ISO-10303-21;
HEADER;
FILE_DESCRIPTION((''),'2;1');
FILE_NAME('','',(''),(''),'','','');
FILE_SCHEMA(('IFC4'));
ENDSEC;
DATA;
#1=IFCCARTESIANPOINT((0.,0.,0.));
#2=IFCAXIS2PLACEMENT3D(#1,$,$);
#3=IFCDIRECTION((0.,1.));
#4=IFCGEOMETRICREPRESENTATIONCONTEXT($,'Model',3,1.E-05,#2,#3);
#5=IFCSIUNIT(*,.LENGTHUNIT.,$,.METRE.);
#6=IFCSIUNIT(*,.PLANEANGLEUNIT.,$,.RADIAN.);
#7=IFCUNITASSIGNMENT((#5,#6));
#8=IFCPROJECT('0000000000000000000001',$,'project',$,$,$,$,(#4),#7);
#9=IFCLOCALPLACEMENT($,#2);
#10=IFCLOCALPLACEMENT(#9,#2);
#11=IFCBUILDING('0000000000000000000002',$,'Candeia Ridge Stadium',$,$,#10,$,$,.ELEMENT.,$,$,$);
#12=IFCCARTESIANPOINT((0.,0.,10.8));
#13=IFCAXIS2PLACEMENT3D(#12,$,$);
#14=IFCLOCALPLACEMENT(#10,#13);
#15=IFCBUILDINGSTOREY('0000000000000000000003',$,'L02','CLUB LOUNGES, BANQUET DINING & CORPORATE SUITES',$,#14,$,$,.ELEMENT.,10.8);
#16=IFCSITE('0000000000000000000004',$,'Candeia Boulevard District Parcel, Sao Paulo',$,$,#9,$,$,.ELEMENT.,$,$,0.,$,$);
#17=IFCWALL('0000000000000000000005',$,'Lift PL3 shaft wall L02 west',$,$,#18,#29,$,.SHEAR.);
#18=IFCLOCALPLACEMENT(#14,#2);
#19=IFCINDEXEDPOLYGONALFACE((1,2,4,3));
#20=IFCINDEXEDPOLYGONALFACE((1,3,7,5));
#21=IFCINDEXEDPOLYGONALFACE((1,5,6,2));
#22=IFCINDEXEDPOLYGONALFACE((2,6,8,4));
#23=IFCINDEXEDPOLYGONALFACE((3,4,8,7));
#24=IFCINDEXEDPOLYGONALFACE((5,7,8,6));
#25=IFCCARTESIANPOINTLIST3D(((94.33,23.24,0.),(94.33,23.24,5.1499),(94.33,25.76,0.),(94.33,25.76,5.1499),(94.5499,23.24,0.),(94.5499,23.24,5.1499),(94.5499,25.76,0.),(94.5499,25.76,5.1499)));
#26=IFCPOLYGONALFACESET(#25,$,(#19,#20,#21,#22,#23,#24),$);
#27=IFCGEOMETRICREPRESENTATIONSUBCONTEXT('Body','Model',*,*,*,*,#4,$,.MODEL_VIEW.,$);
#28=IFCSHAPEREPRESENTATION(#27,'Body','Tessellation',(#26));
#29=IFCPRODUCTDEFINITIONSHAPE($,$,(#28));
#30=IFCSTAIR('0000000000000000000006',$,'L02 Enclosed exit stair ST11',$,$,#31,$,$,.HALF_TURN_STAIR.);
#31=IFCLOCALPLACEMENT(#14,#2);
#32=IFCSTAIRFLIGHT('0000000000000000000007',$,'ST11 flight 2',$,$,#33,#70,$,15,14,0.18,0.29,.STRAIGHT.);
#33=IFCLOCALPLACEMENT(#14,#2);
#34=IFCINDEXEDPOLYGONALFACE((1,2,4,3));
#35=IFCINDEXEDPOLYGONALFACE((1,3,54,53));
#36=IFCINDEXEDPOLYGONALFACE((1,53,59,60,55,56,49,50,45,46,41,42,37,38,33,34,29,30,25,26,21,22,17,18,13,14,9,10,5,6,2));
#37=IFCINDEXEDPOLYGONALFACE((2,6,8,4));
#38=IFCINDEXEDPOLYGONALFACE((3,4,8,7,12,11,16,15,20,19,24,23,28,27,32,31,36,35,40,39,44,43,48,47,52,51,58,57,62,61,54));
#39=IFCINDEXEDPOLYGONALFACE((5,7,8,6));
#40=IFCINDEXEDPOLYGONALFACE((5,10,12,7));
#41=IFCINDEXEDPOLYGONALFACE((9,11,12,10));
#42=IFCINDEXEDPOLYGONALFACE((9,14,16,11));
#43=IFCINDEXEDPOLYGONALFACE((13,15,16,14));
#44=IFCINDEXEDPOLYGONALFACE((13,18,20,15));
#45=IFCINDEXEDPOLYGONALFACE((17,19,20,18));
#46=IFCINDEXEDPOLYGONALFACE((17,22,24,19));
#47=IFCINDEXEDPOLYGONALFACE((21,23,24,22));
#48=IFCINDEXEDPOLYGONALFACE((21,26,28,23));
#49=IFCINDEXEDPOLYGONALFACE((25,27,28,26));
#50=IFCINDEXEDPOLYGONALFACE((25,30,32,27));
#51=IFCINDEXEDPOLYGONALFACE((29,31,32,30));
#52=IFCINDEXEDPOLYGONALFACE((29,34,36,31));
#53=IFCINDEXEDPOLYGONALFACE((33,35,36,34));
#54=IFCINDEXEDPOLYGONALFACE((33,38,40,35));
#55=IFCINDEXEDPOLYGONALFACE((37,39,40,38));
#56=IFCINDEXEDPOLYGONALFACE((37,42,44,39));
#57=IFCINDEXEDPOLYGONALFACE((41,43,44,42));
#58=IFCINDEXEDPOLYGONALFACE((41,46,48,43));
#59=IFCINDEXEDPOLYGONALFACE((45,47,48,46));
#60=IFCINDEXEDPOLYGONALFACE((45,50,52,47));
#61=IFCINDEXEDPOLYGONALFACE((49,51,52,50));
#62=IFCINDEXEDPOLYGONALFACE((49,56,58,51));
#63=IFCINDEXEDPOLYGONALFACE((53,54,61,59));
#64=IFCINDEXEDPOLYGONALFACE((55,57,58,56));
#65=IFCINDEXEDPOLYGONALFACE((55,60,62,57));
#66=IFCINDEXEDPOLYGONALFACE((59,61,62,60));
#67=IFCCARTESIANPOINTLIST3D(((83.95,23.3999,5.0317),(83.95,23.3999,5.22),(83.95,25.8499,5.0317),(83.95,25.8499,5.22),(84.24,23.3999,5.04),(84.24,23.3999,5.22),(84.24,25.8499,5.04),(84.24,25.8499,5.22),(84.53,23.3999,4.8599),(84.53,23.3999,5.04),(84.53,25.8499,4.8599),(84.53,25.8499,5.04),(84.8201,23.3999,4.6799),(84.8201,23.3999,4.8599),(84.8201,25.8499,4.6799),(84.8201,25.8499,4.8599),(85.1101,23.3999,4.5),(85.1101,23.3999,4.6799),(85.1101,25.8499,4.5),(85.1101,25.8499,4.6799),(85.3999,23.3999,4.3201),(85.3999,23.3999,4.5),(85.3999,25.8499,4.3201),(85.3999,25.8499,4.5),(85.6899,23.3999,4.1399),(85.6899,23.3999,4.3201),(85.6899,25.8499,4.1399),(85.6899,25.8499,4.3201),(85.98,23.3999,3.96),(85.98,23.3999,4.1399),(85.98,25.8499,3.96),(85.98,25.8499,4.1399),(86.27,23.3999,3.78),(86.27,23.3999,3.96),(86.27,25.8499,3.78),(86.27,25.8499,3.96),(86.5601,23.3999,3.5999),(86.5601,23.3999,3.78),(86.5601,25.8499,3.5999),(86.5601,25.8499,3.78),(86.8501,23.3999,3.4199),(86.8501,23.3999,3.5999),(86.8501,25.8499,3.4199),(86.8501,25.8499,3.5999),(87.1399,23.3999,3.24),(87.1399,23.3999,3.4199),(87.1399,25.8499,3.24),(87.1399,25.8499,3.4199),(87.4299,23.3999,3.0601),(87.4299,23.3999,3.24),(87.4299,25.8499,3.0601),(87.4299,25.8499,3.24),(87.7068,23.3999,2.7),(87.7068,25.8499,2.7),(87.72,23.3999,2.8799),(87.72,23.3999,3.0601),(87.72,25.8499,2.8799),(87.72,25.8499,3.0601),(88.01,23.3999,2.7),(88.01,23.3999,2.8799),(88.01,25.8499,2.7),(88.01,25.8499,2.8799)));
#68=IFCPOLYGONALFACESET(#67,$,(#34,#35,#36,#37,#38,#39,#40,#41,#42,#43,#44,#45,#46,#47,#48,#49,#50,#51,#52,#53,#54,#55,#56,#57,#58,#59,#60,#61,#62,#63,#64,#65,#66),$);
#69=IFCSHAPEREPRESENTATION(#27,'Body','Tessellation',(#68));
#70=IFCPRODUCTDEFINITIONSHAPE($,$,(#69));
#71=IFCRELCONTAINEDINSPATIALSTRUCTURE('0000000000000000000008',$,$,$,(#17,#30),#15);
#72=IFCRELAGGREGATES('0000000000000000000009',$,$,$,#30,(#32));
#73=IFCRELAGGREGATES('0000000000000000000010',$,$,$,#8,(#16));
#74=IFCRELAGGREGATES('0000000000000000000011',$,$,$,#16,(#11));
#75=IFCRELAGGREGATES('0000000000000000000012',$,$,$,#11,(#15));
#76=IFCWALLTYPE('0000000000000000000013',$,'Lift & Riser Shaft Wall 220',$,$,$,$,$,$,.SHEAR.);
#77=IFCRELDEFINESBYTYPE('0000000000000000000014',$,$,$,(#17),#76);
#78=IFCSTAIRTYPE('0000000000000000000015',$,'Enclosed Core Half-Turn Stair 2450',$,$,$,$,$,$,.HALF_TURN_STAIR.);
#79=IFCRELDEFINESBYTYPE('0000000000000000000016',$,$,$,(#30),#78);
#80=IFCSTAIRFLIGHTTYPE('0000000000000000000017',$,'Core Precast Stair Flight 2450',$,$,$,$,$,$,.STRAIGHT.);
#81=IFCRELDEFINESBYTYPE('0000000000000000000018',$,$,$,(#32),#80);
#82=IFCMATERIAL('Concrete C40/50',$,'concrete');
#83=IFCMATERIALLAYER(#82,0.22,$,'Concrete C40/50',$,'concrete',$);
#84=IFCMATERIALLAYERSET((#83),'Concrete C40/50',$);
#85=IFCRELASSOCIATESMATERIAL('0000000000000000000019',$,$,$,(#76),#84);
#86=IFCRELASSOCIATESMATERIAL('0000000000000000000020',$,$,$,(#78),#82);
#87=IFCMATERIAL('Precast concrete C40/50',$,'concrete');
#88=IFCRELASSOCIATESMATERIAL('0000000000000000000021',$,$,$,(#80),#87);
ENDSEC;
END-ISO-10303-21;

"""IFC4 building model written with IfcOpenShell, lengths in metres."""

from ifc_helpers import new_model, si_unit, direction, frame, frame_2d, origin, place, context, subcontext, project, spatial, polyline, rectangle, outline, extrude, material, layer, layer_set, type_object, element, aggregate, save


model = new_model("IFC4")

# Units and contexts
model_context = context("Model", 3, precision=1e-05, world=origin(), true_north=direction((0.0, 1.0)))
body_context = subcontext(model_context, "Body", "Model", "MODEL_VIEW")
ifc_project = project(units=[si_unit("LENGTHUNIT", "METRE"), si_unit("PLANEANGLEUNIT", "RADIAN")], contexts=[model_context])

# Site, building, storey
site_placement = place(None, origin())
site = spatial("IfcSite", under=ifc_project, at=site_placement, Name="Candeia Boulevard District Parcel, Sao Paulo", CompositionType="ELEMENT", RefElevation=0.0)
building_placement = place(site_placement, origin())
building = spatial("IfcBuilding", under=site, at=building_placement, Name="Candeia Ridge Stadium", CompositionType="ELEMENT")
storey_placement = place(building_placement, frame((0.0, 0.0, 10.8)))
storey = spatial("IfcBuildingStorey", under=building, at=storey_placement, Name="L02", Description="CLUB LOUNGES, BANQUET DINING & CORPORATE SUITES", CompositionType="ELEMENT", Elevation=10.8)

# Shared definitions
ifc_material_1 = material(Name="Concrete C40/50", Category="concrete")

# Shared definitions
ifc_layer_1 = layer(ifc_material_1, 0.22, Name="Concrete C40/50", Category="concrete")
ifc_layer_set_1 = layer_set([ifc_layer_1], Name="Concrete C40/50")
wall_type_1 = type_object("IfcWallType", Name="Lift & Riser Shaft Wall 220", PredefinedType="SHEAR", material=ifc_layer_set_1)

# Wall
wall_1_placement = place(storey_placement, frame((94.4399, 25.76, 0.0), z_axis=(0.0, 0.0, 1.0), x_axis=(0.0, -1.0, 0.0)))
element("IfcWall", 1, at=wall_1_placement, inside=storey, type_object=wall_type_1, Name="Lift PL3 shaft wall L02 west", PredefinedType="SHEAR", context=body_context, shape_type="SweptSolid", body=[
    extrude(rectangle(XDim=2.52, YDim=0.22, at=frame_2d((1.26, 0.0))), origin(), (0.0, 0.0, 1.0), 5.1499),
])

# Stair, stair flight
stair_type = type_object("IfcStairType", Name="Enclosed Core Half-Turn Stair 2450", PredefinedType="HALF_TURN_STAIR", material=ifc_material_1)
stair_placement = place(storey_placement, origin())
stair = element("IfcStair", 2, at=stair_placement, inside=storey, type_object=stair_type, Name="L02 Enclosed exit stair ST11", PredefinedType="HALF_TURN_STAIR")
ifc_material_2 = material(Name="Precast concrete C40/50", Category="concrete")
stair_flight_type = type_object("IfcStairFlightType", Name="Core Precast Stair Flight 2450", PredefinedType="STRAIGHT", material=ifc_material_2)
stair_flight_placement = place(storey_placement, frame((88.01, 24.625, 2.7), z_axis=(0.0, 0.0, 1.0), x_axis=(-1.0, 0.0, 0.0)))
stair_flight = element("IfcStairFlight", 3, at=stair_flight_placement, type_object=stair_flight_type, Name="ST11 flight 2", NumberOfRisers=15, NumberOfTreads=14, PredefinedType="STRAIGHT", RiserHeight=0.18, TreadLength=0.29, context=body_context, shape_type="SweptSolid", body=[
    extrude(outline(polyline([(0.0, 0.0), (0.0, 0.1799), (0.29, 0.1799), (0.29, 0.3601), (0.5801, 0.3601), (0.5801, 0.54), (0.8701, 0.54), (0.8701, 0.72), (1.1599, 0.72), (1.1599, 0.8999), (1.45, 0.8999), (1.45, 1.0801), (1.74, 1.0801), (1.74, 1.26), (2.03, 1.26), (2.03, 1.4399), (2.3201, 1.4399), (2.3201, 1.6201), (2.6101, 1.6201), (2.6101, 1.8), (2.8999, 1.8), (2.8999, 1.98), (3.1899, 1.98), (3.1899, 2.1599), (3.48, 2.1599), (3.48, 2.3401), (3.77, 2.3401), (3.77, 2.52), (4.0601, 2.52), (4.0601, 2.7), (4.0601, 2.3318), (0.3032, 0.0), (0.0, 0.0)])), frame((0.0, 1.2251, 0.0), z_axis=(0.0, -1.0, 0.0), x_axis=(1.0, 0.0, 0.0)), (0.0, 0.0, 1.0), 2.45),
])
aggregate(stair, [stair_flight])

save(model, "model.ifc")
